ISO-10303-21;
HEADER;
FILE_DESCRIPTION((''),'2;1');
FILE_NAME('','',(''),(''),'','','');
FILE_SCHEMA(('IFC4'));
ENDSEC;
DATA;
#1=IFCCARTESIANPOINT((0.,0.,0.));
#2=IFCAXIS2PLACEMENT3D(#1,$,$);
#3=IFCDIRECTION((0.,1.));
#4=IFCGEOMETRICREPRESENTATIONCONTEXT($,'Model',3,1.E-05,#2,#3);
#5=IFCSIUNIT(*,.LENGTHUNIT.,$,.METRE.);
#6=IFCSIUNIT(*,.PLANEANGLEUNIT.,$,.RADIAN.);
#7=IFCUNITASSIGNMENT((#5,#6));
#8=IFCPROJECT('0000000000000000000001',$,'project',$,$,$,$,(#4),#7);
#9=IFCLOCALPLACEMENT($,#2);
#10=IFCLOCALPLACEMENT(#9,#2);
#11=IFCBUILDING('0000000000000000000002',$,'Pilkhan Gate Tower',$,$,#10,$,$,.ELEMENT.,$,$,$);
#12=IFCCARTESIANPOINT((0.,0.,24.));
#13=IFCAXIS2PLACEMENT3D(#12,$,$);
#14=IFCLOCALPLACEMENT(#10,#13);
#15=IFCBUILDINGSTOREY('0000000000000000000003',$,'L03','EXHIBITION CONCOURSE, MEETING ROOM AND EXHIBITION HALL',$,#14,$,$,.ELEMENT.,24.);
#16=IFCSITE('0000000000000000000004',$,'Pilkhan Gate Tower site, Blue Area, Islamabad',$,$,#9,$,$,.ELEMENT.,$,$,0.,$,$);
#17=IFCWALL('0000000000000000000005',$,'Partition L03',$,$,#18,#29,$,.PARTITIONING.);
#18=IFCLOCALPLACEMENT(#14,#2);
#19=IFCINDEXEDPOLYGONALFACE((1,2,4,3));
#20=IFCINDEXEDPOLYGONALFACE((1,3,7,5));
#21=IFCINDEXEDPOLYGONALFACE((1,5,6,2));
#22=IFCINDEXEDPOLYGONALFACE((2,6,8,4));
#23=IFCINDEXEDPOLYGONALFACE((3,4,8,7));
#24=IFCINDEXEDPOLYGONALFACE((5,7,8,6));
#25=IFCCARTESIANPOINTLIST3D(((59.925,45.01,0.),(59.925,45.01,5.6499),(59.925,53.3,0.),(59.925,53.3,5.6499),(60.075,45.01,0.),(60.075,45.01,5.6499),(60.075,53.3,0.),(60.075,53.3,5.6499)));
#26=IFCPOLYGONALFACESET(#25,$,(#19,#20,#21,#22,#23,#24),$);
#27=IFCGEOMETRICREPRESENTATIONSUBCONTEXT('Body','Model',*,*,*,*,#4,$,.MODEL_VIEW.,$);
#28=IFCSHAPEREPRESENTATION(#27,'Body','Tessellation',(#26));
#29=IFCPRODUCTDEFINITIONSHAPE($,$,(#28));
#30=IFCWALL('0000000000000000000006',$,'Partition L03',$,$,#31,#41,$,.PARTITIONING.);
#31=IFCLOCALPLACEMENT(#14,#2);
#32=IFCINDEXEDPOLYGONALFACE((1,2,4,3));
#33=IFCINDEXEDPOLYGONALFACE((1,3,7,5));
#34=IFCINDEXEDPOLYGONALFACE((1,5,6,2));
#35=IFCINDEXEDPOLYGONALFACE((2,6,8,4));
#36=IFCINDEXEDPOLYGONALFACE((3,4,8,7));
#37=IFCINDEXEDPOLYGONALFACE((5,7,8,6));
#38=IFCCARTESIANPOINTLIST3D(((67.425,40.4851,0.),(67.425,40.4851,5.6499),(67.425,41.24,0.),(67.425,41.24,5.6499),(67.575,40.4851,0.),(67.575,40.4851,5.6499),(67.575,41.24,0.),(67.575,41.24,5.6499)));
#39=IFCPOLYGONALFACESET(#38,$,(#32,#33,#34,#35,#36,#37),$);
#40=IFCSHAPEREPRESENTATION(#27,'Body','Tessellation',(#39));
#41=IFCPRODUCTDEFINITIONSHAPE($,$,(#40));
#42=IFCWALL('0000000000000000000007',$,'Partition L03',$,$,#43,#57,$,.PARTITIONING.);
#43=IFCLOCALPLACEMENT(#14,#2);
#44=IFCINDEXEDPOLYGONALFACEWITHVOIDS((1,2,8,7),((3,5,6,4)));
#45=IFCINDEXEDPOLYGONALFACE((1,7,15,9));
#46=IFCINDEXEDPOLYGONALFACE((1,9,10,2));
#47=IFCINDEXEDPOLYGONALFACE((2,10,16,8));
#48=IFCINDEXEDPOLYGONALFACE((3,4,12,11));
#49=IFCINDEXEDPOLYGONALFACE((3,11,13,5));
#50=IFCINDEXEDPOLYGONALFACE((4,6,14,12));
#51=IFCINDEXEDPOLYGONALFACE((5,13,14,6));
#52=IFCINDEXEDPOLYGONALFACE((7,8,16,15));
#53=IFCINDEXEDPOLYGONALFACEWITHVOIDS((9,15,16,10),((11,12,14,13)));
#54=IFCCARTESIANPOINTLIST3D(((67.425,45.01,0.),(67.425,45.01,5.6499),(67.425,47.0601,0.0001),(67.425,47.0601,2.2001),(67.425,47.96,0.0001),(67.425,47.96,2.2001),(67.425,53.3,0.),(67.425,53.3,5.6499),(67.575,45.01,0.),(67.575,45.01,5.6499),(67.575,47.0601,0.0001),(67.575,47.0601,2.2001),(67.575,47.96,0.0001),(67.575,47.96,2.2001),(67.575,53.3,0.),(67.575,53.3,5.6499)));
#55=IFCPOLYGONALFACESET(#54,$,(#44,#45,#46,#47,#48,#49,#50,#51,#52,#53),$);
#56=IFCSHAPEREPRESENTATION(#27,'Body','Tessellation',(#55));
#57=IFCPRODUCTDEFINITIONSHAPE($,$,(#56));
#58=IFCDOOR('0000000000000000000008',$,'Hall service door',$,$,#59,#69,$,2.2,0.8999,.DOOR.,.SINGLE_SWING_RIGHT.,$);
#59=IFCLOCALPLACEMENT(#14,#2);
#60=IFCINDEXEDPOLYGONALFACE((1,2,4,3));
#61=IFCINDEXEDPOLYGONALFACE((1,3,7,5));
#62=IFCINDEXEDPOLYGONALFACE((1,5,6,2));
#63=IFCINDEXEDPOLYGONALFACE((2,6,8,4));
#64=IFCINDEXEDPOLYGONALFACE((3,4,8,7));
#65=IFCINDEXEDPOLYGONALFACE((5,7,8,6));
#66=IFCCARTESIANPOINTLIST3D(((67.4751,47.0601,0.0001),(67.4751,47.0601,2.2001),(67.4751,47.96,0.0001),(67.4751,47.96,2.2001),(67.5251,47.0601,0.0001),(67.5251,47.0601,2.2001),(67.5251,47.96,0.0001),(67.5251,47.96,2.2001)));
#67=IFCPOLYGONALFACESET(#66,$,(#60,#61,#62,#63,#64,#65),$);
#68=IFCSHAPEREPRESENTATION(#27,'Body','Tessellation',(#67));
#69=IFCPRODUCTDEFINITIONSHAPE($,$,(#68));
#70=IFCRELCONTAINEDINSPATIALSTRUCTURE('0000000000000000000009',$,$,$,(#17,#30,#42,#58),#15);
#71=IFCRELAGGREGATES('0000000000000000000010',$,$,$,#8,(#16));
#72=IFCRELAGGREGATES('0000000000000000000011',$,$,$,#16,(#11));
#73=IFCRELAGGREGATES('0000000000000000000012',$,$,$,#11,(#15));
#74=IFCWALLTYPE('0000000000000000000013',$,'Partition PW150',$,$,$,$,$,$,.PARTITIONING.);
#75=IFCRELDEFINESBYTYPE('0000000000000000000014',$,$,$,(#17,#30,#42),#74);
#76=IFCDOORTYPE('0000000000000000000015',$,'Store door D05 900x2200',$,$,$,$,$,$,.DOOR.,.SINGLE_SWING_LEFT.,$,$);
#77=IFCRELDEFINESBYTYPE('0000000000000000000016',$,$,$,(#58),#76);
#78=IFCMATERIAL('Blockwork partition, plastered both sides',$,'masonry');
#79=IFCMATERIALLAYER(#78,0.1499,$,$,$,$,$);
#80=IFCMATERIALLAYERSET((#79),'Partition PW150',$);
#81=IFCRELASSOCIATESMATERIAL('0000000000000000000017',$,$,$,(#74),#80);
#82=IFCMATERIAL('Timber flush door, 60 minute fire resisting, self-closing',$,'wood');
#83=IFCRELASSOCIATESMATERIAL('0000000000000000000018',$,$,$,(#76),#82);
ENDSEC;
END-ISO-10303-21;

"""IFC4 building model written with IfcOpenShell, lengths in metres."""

from ifc_helpers import new_model, si_unit, direction, frame, frame_2d, origin, place, context, subcontext, project, spatial, rectangle, extrude, material, layer, layer_set, type_object, element, fill, save


model = new_model("IFC4")

# Units and contexts
model_context = context("Model", 3, precision=1e-05, world=origin(), true_north=direction((0.0, 1.0)))
body_context = subcontext(model_context, "Body", "Model", "MODEL_VIEW")
ifc_project = project(units=[si_unit("LENGTHUNIT", "METRE"), si_unit("PLANEANGLEUNIT", "RADIAN")], contexts=[model_context])

# Site, building, storey
site_placement = place(None, origin())
site = spatial("IfcSite", under=ifc_project, at=site_placement, Name="Pilkhan Gate Tower site, Blue Area, Islamabad", CompositionType="ELEMENT", RefElevation=0.0)
building_placement = place(site_placement, origin())
building = spatial("IfcBuilding", under=site, at=building_placement, Name="Pilkhan Gate Tower", CompositionType="ELEMENT")
storey_placement = place(building_placement, frame((0.0, 0.0, 24.0)))
storey = spatial("IfcBuildingStorey", under=building, at=storey_placement, Name="L03", Description="EXHIBITION CONCOURSE, MEETING ROOM AND EXHIBITION HALL", CompositionType="ELEMENT", Elevation=24.0)

# Walls
ifc_material_1 = material(Name="Blockwork partition, plastered both sides", Category="masonry")
ifc_layer_1 = layer(ifc_material_1, 0.1499)
ifc_layer_set_1 = layer_set([ifc_layer_1], Name="Partition PW150")
wall_type_1 = type_object("IfcWallType", Name="Partition PW150", PredefinedType="PARTITIONING", material=ifc_layer_set_1)
wall_1_placement = place(storey_placement, frame((60.0, 45.01, 0.0), z_axis=(0.0, 0.0, 1.0), x_axis=(0.0, 1.0, 0.0)))
element("IfcWall", 1, at=wall_1_placement, inside=storey, type_object=wall_type_1, Name="Partition L03", PredefinedType="PARTITIONING", context=body_context, shape_type="SweptSolid", body=[
    extrude(rectangle(XDim=8.29, YDim=0.1499, at=frame_2d((4.145, 0.0))), origin(), (0.0, 0.0, 1.0), 5.6499),
])
wall_2_placement = place(storey_placement, frame((67.5, 40.4851, 0.0), z_axis=(0.0, 0.0, 1.0), x_axis=(0.0, 1.0, 0.0)))
element("IfcWall", 2, at=wall_2_placement, inside=storey, type_object=wall_type_1, Name="Partition L03", PredefinedType="PARTITIONING", context=body_context, shape_type="SweptSolid", body=[
    extrude(rectangle(XDim=0.7549, YDim=0.1499, at=frame_2d((0.3774, 0.0))), origin(), (0.0, 0.0, 1.0), 5.6499),
])

# Wall, opening, door
wall_3_placement = place(storey_placement, frame((67.5, 45.01, 0.0), z_axis=(0.0, 0.0, 1.0), x_axis=(0.0, 1.0, 0.0)))
wall_3 = element("IfcWall", 3, at=wall_3_placement, inside=storey, type_object=wall_type_1, Name="Partition L03", PredefinedType="PARTITIONING", context=body_context, shape_type="SweptSolid", body=[
    extrude(rectangle(XDim=8.29, YDim=0.1499, at=frame_2d((4.145, 0.0))), origin(), (0.0, 0.0, 1.0), 5.6499),
])
opening_placement = place(wall_3_placement, frame((2.05, 0.0, 0.0)))
opening = element("IfcOpeningElement", 4, at=opening_placement, cuts=wall_3, PredefinedType="OPENING", context=body_context, shape_type="SweptSolid", body=[
    extrude(rectangle(XDim=0.8999, YDim=2.2, at=frame_2d((0.45, 1.1001))), frame((0.0, 0.085, 0.0), z_axis=(0.0, -1.0, 0.0), x_axis=(1.0, 0.0, 0.0)), (0.0, 0.0, 1.0), 0.1699),
])
ifc_material_2 = material(Name="Timber flush door, 60 minute fire resisting, self-closing", Category="wood")
door_type = type_object("IfcDoorType", Name="Store door D05 900x2200", OperationType="SINGLE_SWING_LEFT", PredefinedType="DOOR", material=ifc_material_2)
door_placement = place(opening_placement, origin())
door = element("IfcDoor", 5, at=door_placement, inside=storey, type_object=door_type, Name="Hall service door", OperationType="SINGLE_SWING_RIGHT", OverallHeight=2.2, OverallWidth=0.8999, PredefinedType="DOOR", context=body_context, shape_type="SweptSolid", body=[
    extrude(rectangle(XDim=0.8999, YDim=2.2, at=frame_2d((0.45, 1.1001))), frame((0.0, 0.0249, 0.0), z_axis=(0.0, -1.0, 0.0), x_axis=(1.0, 0.0, 0.0)), (0.0, 0.0, 1.0), 0.05),
])
fill(opening, door)

save(model, "model.ifc")
